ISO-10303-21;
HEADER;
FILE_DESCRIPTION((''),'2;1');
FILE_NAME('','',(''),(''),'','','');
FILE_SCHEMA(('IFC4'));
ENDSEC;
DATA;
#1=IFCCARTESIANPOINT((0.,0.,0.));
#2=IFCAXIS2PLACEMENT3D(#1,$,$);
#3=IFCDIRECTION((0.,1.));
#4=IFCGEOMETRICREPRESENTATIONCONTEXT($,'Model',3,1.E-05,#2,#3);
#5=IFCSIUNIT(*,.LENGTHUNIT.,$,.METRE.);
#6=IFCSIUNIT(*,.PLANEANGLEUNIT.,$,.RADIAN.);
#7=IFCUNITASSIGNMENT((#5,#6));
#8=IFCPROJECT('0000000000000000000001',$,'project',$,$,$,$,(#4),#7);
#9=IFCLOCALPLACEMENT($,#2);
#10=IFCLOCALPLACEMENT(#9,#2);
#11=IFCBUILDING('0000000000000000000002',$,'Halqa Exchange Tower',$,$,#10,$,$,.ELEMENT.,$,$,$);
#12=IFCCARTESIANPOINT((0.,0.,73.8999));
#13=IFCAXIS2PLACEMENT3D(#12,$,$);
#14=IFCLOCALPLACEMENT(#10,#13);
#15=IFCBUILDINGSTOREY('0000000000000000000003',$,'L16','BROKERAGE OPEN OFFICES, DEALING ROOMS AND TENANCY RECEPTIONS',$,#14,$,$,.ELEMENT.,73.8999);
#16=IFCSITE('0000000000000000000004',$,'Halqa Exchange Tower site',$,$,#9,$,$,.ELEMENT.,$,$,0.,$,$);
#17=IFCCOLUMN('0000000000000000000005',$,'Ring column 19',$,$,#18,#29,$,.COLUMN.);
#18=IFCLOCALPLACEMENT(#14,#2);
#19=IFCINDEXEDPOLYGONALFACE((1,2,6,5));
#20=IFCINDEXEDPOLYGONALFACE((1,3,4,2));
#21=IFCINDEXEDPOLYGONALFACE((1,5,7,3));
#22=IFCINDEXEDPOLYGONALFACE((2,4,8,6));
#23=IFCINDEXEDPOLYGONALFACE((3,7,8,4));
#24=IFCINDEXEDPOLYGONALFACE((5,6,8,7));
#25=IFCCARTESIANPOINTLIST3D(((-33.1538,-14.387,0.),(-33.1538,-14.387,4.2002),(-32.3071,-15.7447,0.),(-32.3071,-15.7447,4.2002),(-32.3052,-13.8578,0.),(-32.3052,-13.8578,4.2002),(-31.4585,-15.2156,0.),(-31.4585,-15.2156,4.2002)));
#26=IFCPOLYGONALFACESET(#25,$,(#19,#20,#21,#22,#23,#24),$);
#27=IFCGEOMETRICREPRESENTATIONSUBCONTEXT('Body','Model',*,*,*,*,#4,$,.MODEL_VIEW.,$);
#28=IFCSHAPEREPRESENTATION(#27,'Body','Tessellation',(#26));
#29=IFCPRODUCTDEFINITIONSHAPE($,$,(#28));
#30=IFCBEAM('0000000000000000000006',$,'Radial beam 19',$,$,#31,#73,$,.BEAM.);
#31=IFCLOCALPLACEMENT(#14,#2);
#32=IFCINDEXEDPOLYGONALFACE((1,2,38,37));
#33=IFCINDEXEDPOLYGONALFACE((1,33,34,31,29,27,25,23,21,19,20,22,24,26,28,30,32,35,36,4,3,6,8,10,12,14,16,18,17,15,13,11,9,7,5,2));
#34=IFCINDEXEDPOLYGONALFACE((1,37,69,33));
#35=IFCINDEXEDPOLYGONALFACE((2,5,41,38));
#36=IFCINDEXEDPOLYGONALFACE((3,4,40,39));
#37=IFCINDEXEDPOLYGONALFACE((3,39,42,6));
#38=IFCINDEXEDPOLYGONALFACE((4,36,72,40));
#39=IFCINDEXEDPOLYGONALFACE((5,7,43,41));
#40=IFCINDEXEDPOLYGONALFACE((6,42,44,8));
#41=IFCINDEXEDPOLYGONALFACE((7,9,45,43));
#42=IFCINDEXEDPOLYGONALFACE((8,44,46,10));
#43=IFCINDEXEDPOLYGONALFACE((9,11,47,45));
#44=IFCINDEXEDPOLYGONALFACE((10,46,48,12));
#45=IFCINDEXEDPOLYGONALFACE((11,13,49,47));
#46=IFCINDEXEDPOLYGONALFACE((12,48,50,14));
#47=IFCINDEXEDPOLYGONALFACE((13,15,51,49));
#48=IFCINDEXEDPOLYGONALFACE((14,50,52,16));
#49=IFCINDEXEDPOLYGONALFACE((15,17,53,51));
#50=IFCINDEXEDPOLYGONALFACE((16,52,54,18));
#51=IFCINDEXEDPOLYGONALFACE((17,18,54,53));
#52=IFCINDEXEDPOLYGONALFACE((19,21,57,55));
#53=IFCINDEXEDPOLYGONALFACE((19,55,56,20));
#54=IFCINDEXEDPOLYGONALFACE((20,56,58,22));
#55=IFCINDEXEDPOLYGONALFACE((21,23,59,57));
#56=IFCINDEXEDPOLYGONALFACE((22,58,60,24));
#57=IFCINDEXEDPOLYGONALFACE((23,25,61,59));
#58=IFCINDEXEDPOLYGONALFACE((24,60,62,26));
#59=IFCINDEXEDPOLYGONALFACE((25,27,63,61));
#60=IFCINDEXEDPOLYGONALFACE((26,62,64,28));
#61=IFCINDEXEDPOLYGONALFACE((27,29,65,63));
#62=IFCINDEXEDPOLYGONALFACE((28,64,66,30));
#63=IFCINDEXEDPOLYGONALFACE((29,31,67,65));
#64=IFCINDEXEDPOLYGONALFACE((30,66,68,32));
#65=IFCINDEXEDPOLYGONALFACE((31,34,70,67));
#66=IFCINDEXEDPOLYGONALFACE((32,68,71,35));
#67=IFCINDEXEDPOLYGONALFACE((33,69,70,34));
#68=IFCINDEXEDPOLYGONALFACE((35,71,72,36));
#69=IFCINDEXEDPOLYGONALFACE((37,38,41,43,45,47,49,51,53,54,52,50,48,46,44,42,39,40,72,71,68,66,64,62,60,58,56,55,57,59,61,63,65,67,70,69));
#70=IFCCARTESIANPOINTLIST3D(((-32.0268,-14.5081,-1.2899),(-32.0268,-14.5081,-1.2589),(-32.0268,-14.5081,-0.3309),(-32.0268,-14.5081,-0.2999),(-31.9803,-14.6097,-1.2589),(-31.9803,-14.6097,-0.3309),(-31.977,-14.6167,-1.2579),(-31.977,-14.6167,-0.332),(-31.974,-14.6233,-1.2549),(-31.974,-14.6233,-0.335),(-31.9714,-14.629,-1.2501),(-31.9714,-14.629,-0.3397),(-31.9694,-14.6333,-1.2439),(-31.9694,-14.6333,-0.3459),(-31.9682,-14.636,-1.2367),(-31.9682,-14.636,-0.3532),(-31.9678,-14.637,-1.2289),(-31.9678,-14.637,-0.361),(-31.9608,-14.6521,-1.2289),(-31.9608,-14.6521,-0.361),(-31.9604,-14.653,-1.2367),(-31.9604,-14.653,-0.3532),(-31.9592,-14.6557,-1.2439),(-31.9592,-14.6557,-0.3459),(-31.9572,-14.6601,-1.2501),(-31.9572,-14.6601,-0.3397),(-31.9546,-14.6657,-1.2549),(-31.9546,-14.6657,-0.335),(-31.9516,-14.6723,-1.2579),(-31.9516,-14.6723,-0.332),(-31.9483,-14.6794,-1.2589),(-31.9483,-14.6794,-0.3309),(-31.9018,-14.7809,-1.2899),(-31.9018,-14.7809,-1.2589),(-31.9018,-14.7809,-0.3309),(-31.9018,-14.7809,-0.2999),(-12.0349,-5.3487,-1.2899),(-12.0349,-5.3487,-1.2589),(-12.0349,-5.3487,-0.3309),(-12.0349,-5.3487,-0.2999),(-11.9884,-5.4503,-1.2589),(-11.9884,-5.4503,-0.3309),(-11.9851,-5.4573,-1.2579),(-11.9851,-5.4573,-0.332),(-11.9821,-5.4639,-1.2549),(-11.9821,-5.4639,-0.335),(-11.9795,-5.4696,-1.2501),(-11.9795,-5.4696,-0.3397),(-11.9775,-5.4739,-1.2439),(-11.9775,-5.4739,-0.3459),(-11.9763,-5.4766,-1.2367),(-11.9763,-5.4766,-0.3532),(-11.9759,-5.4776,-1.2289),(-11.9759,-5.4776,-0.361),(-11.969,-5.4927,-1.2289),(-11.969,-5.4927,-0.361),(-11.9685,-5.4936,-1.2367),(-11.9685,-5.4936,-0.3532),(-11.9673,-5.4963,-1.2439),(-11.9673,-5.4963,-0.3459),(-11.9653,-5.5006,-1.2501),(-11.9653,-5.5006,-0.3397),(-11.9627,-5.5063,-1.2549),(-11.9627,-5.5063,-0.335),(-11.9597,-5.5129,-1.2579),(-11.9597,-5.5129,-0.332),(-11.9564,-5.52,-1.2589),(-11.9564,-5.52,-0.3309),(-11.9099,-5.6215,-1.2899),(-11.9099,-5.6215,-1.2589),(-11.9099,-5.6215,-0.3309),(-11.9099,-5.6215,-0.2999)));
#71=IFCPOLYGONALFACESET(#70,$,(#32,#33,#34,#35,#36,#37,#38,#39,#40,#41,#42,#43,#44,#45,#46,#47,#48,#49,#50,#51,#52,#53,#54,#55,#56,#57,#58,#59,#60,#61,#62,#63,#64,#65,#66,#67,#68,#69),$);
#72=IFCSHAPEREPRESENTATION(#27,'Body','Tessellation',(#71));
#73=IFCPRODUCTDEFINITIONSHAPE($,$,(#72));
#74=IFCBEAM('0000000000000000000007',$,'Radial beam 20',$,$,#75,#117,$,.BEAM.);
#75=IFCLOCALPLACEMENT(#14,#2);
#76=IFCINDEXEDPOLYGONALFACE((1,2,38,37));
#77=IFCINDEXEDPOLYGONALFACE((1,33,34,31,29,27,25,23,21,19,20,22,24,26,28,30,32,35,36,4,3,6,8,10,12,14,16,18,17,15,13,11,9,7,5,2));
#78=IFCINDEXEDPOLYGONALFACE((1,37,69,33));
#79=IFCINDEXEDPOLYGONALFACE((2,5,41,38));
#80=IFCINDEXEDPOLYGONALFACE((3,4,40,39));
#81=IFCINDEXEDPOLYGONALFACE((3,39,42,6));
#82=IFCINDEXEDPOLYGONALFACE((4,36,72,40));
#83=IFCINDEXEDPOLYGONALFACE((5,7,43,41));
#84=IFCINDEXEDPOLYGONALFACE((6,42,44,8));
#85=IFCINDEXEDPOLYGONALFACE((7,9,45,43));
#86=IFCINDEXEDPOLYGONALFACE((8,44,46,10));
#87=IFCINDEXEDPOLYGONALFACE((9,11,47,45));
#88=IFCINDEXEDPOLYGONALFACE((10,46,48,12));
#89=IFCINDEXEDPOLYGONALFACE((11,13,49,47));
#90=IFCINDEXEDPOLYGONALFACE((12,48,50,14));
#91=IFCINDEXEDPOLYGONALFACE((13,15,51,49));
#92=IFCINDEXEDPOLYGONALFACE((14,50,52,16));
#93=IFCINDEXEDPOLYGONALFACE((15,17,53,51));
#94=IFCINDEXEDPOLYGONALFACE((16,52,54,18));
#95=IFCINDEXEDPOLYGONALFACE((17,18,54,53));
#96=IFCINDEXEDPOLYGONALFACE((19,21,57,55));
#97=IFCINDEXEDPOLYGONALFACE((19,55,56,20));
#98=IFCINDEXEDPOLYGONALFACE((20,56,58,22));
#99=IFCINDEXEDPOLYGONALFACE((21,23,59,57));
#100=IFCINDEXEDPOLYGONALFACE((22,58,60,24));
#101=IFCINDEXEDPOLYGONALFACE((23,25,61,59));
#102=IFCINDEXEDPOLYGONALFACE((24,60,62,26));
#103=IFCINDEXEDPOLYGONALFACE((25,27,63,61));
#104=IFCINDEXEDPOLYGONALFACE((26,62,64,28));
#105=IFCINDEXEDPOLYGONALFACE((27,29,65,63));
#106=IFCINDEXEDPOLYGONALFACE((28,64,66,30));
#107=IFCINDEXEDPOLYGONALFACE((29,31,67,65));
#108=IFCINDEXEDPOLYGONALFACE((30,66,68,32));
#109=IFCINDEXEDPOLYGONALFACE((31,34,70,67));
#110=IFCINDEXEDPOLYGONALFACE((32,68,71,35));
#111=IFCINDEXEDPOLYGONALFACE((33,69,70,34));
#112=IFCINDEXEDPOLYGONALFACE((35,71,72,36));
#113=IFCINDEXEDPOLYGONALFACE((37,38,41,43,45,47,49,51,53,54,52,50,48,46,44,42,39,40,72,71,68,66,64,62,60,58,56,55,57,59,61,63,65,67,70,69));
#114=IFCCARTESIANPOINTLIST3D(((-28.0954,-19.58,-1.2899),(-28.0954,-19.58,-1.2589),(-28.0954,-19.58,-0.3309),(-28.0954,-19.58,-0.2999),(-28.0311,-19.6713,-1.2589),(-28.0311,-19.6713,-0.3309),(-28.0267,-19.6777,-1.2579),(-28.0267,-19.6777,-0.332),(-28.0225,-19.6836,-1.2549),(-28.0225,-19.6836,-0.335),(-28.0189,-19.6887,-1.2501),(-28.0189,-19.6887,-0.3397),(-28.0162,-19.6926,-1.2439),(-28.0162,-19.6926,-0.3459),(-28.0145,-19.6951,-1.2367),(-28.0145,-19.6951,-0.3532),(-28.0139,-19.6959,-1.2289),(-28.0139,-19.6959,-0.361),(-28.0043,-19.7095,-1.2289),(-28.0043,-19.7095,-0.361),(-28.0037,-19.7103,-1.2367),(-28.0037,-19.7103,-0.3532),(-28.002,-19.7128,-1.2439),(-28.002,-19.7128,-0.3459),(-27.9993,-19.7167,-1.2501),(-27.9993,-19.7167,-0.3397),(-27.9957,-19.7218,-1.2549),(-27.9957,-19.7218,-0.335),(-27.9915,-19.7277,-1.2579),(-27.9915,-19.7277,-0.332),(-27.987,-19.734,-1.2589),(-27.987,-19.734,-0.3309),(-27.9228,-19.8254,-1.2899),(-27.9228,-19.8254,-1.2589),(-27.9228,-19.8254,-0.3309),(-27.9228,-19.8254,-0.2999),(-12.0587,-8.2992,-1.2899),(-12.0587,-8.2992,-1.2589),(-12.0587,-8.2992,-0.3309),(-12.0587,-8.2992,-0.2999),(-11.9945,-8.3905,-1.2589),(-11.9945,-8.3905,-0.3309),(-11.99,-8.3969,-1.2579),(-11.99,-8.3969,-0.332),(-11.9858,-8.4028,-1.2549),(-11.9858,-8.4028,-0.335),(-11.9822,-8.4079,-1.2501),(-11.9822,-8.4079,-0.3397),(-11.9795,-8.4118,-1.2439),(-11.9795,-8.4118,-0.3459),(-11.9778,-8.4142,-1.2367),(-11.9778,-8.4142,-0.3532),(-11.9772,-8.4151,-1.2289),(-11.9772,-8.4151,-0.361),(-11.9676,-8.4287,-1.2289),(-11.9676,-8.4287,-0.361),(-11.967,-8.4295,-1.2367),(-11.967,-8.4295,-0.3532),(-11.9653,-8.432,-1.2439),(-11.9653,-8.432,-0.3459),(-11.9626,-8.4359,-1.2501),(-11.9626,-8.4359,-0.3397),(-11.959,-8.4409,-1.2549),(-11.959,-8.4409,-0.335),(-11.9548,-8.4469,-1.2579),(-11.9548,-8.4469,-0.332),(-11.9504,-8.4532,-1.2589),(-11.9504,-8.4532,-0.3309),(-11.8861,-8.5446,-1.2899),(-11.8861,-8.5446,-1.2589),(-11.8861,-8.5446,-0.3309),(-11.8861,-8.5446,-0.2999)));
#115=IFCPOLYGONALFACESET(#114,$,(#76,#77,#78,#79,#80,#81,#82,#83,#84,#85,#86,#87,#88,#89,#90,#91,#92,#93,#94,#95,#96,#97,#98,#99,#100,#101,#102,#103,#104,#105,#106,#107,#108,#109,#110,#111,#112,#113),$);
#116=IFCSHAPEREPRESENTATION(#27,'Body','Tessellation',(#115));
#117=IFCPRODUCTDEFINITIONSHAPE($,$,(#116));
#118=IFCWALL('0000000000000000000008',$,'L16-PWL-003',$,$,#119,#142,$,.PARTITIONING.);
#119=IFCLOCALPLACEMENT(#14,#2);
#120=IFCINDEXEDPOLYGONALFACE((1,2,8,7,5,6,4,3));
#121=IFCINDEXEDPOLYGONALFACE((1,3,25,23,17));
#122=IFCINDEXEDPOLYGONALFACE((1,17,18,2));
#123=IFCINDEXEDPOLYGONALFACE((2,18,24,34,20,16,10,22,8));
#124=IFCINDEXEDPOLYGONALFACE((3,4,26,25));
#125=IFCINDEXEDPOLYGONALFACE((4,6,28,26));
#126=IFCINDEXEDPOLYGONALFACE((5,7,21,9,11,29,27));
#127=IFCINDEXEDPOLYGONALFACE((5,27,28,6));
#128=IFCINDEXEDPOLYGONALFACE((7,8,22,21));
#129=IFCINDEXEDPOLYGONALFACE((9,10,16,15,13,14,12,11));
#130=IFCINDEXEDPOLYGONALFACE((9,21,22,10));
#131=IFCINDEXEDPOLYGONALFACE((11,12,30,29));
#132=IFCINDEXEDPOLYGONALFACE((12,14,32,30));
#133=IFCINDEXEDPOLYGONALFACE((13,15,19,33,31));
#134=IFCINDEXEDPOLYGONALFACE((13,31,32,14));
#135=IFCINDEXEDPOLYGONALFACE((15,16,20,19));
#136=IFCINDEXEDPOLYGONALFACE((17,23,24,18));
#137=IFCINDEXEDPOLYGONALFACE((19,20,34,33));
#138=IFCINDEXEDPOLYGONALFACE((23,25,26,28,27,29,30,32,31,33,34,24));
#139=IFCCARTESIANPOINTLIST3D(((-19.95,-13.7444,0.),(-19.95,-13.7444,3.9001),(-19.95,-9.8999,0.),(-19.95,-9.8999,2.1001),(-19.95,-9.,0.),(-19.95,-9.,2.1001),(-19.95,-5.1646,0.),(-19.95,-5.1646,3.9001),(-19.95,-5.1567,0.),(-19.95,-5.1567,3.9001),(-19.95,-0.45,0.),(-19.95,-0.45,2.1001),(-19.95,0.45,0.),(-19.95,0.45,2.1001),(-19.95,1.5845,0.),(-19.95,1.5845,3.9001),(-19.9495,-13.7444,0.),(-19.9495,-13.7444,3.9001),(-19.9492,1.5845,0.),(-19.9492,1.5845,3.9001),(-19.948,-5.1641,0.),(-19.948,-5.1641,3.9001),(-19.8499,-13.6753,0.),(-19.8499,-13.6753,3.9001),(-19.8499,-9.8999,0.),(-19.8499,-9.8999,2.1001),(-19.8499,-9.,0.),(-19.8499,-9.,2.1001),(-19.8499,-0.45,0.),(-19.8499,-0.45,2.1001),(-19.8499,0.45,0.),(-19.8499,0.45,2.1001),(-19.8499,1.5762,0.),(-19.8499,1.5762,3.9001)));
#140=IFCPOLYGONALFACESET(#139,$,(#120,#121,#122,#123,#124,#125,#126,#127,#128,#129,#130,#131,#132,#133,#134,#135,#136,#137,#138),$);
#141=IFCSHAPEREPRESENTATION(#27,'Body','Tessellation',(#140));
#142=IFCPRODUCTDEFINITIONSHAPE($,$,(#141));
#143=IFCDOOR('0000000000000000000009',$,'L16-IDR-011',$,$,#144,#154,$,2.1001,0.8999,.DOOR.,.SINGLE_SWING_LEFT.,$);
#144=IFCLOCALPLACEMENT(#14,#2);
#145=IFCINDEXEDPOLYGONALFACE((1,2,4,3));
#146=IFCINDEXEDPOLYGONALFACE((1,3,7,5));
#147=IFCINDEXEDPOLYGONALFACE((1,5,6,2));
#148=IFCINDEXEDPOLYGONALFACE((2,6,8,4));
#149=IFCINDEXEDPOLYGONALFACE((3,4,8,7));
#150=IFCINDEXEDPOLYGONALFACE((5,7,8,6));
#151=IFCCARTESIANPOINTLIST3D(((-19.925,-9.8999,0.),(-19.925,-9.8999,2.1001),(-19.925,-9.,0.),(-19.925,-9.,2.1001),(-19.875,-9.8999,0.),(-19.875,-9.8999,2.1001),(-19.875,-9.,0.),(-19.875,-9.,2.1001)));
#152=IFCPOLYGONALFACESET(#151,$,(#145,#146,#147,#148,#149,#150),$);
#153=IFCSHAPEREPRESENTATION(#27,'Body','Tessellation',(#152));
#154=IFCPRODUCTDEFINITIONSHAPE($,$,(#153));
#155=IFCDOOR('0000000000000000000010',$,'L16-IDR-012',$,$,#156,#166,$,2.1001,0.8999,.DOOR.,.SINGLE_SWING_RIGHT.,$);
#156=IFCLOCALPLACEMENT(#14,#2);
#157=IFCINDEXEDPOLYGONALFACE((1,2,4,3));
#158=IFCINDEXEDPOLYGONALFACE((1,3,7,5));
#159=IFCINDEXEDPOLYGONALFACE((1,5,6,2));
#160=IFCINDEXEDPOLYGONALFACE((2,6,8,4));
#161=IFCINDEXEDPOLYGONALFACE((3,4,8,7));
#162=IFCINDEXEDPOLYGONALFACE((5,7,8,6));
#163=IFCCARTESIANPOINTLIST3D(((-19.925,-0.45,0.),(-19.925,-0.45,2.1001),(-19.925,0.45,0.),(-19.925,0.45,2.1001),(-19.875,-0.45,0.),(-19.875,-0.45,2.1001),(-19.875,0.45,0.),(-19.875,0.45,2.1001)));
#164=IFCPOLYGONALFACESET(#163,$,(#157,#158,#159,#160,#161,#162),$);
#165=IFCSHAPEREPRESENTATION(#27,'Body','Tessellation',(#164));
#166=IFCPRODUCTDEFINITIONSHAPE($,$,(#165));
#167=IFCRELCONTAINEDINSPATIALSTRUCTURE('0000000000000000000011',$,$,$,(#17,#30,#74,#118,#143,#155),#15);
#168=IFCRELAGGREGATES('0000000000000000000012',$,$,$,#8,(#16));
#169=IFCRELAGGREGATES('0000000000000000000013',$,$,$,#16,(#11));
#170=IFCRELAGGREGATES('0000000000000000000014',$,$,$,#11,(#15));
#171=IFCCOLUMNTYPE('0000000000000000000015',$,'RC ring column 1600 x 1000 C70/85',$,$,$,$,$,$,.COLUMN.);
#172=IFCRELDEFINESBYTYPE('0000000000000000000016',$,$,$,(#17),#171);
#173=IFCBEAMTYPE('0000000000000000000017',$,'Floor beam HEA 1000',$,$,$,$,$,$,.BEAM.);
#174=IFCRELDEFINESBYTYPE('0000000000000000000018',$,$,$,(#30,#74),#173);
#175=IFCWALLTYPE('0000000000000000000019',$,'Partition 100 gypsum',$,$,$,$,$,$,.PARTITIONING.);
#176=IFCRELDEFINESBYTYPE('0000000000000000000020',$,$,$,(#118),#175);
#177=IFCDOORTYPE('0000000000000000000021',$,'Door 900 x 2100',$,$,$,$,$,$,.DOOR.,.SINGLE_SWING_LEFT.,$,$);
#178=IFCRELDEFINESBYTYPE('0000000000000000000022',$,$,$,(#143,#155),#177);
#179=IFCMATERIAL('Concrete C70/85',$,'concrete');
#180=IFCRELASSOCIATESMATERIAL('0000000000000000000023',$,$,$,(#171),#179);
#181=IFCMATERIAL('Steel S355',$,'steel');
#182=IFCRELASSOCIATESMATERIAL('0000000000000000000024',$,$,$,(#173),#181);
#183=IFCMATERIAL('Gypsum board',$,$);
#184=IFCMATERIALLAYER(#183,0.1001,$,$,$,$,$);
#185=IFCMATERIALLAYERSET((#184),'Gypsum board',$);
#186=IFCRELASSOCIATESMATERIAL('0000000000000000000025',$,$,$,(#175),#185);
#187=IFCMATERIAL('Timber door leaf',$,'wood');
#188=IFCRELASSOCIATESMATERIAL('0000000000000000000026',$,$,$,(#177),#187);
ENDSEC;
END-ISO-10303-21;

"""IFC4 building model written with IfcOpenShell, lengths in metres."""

from ifc_helpers import new_model, si_unit, direction, frame, frame_2d, origin, origin_2d, place, context, subcontext, project, spatial, polyline, rectangle, i_section, outline, extrude, material, layer, layer_set, material_profile, profile_set, type_object, element, fill, save


model = new_model("IFC4")

# Units and contexts
model_context = context("Model", 3, precision=1e-05, world=origin(), true_north=direction((0.0, 1.0)))
body_context = subcontext(model_context, "Body", "Model", "MODEL_VIEW")
ifc_project = project(units=[si_unit("LENGTHUNIT", "METRE"), si_unit("PLANEANGLEUNIT", "RADIAN")], contexts=[model_context])

# Site, building, storey
site_placement = place(None, origin())
site = spatial("IfcSite", under=ifc_project, at=site_placement, Name="Halqa Exchange Tower site", CompositionType="ELEMENT", RefElevation=0.0)
building_placement = place(site_placement, origin())
building = spatial("IfcBuilding", under=site, at=building_placement, Name="Halqa Exchange Tower", CompositionType="ELEMENT")
storey_placement = place(building_placement, frame((0.0, 0.0, 73.8999)))
storey = spatial("IfcBuildingStorey", under=building, at=storey_placement, Name="L16", Description="BROKERAGE OPEN OFFICES, DEALING ROOMS AND TENANCY RECEPTIONS", CompositionType="ELEMENT", Elevation=73.8999)

# Column
ifc_material_1 = material(Name="Concrete C70/85", Category="concrete")
ifc_material_profile_1 = material_profile(ifc_material_1, rectangle(XDim=1.6001, YDim=1.0, at=origin_2d()), Name="1600 x 1000")
ifc_profile_set_1 = profile_set([ifc_material_profile_1], Name="Concrete C70/85")
column_type = type_object("IfcColumnType", Name="RC ring column 1600 x 1000 C70/85", PredefinedType="COLUMN", material=ifc_profile_set_1)
column_placement = place(storey_placement, frame((-32.3062, -14.8013, 0.0), z_axis=(0.0, 0.0, 1.0), x_axis=(0.529145, -0.848531, 0.0)))
element("IfcColumn", 1, at=column_placement, inside=storey, type_object=column_type, Name="Ring column 19", PredefinedType="COLUMN", context=body_context, shape_type="SweptSolid", body=[
    extrude(rectangle(XDim=1.6001, YDim=1.0, at=origin_2d()), origin(), (0.0, 0.0, 1.0), 4.2002),
])

# Beams
ifc_material_2 = material(Name="Steel S355", Category="steel")
ifc_material_profile_2 = material_profile(ifc_material_2, i_section(OverallWidth=0.3, OverallDepth=0.99, WebThickness=0.0166, FlangeThickness=0.031, FilletRadius=0.03, at=origin_2d()), Name="HEA 1000")
ifc_profile_set_2 = profile_set([ifc_material_profile_2], Name="Steel S355")
beam_type = type_object("IfcBeamType", Name="Floor beam HEA 1000", PredefinedType="BEAM", material=ifc_profile_set_2)
beam_1_placement = place(storey_placement, frame((-11.9724, -5.4851, -0.7949), z_axis=(-0.909126, -0.416521, 0.0), x_axis=(0.416521, -0.909126, 0.0)))
element("IfcBeam", 2, at=beam_1_placement, inside=storey, type_object=beam_type, Name="Radial beam 19", PredefinedType="BEAM", context=body_context, shape_type="SweptSolid", body=[
    extrude(i_section(OverallWidth=0.3, OverallDepth=0.99, WebThickness=0.0166, FlangeThickness=0.031, FilletRadius=0.03, at=origin_2d()), origin(), (0.0, 0.0, 1.0), 21.9902),
])
beam_2_placement = place(storey_placement, frame((-11.9724, -8.4219, -0.7949), z_axis=(-0.817909, -0.575348, 0.0), x_axis=(0.575348, -0.817909, 0.0)))
element("IfcBeam", 3, at=beam_2_placement, inside=storey, type_object=beam_type, Name="Radial beam 20", PredefinedType="BEAM", context=body_context, shape_type="SweptSolid", body=[
    extrude(i_section(OverallWidth=0.3, OverallDepth=0.99, WebThickness=0.0166, FlangeThickness=0.031, FilletRadius=0.03, at=origin_2d()), origin(), (0.0, 0.0, 1.0), 19.6069),
])

# Wall, openings, doors
ifc_material_3 = material(Name="Gypsum board")
ifc_layer_1 = layer(ifc_material_3, 0.1001)
ifc_layer_set_1 = layer_set([ifc_layer_1], Name="Gypsum board")
wall_type_1 = type_object("IfcWallType", Name="Partition 100 gypsum", PredefinedType="PARTITIONING", material=ifc_layer_set_1)
wall_1_placement = place(storey_placement, frame((-19.8999, -13.7444, 0.0), z_axis=(0.0, 0.0, 1.0), x_axis=(0.0, 1.0, 0.0)))
wall_1 = element("IfcWall", 4, at=wall_1_placement, inside=storey, type_object=wall_type_1, Name="L16-PWL-003", PredefinedType="PARTITIONING", context=body_context, shape_type="SweptSolid", body=[
    extrude(outline(polyline([(0.0691, -0.05), (1.9756, -0.05), (3.8821, -0.05), (5.7883, -0.05), (7.6948, -0.05), (9.6013, -0.05), (11.5078, -0.05), (13.4141, -0.05), (15.3206, -0.05), (15.3289, 0.0493), (15.3289, 0.05), (13.6436, 0.05), (11.9583, 0.05), (10.2729, 0.05), (8.5876, 0.05), (8.5803, 0.0481), (8.5798, 0.05), (6.864, 0.05), (5.1479, 0.05), (3.4319, 0.05), (1.7161, 0.05), (0.0, 0.05), (0.0, 0.0496), (0.0691, -0.05)])), origin(), (0.0, 0.0, 1.0), 3.9001),
])
opening_1_placement = place(wall_1_placement, frame((3.8445, 0.0, 0.0)))
opening_1 = element("IfcOpeningElement", 5, at=opening_1_placement, cuts=wall_1, PredefinedType="OPENING", context=body_context, shape_type="SweptSolid", body=[
    extrude(rectangle(XDim=0.8999, YDim=2.1001, at=frame_2d((0.45, 1.05))), frame((0.0, 0.062, 0.0), z_axis=(0.0, -1.0, 0.0), x_axis=(1.0, 0.0, 0.0)), (0.0, 0.0, 1.0), 0.124),
])
opening_2_placement = place(wall_1_placement, frame((13.2944, 0.0, 0.0)))
opening_2 = element("IfcOpeningElement", 6, at=opening_2_placement, cuts=wall_1, PredefinedType="OPENING", context=body_context, shape_type="SweptSolid", body=[
    extrude(rectangle(XDim=0.8999, YDim=2.1001, at=frame_2d((0.45, 1.05))), frame((0.0, 0.062, 0.0), z_axis=(0.0, -1.0, 0.0), x_axis=(1.0, 0.0, 0.0)), (0.0, 0.0, 1.0), 0.124),
])
ifc_material_4 = material(Name="Timber door leaf", Category="wood")
door_type_1 = type_object("IfcDoorType", Name="Door 900 x 2100", OperationType="SINGLE_SWING_LEFT", PredefinedType="DOOR", material=ifc_material_4)
door_1_placement = place(opening_1_placement, frame((0.8999, 0.0, 0.0), z_axis=(0.0, 0.0, 1.0), x_axis=(-1.0, 0.0, 0.0)))
door_1 = element("IfcDoor", 7, at=door_1_placement, inside=storey, type_object=door_type_1, Name="L16-IDR-011", OperationType="SINGLE_SWING_LEFT", OverallHeight=2.1001, OverallWidth=0.8999, PredefinedType="DOOR", context=body_context, shape_type="SweptSolid", body=[
    extrude(rectangle(XDim=0.8999, YDim=2.1001, at=frame_2d((0.45, 1.05))), frame((0.0, 0.0249, 0.0), z_axis=(0.0, -1.0, 0.0), x_axis=(1.0, 0.0, 0.0)), (0.0, 0.0, 1.0), 0.05),
])
fill(opening_1, door_1)
door_2_placement = place(opening_2_placement, frame((0.8999, 0.0, 0.0), z_axis=(0.0, 0.0, 1.0), x_axis=(-1.0, 0.0, 0.0)))
door_2 = element("IfcDoor", 8, at=door_2_placement, inside=storey, type_object=door_type_1, Name="L16-IDR-012", OperationType="SINGLE_SWING_RIGHT", OverallHeight=2.1001, OverallWidth=0.8999, PredefinedType="DOOR", context=body_context, shape_type="SweptSolid", body=[
    extrude(rectangle(XDim=0.8999, YDim=2.1001, at=frame_2d((0.45, 1.05))), frame((0.0, 0.0249, 0.0), z_axis=(0.0, -1.0, 0.0), x_axis=(1.0, 0.0, 0.0)), (0.0, 0.0, 1.0), 0.05),
])
fill(opening_2, door_2)

save(model, "model.ifc")
